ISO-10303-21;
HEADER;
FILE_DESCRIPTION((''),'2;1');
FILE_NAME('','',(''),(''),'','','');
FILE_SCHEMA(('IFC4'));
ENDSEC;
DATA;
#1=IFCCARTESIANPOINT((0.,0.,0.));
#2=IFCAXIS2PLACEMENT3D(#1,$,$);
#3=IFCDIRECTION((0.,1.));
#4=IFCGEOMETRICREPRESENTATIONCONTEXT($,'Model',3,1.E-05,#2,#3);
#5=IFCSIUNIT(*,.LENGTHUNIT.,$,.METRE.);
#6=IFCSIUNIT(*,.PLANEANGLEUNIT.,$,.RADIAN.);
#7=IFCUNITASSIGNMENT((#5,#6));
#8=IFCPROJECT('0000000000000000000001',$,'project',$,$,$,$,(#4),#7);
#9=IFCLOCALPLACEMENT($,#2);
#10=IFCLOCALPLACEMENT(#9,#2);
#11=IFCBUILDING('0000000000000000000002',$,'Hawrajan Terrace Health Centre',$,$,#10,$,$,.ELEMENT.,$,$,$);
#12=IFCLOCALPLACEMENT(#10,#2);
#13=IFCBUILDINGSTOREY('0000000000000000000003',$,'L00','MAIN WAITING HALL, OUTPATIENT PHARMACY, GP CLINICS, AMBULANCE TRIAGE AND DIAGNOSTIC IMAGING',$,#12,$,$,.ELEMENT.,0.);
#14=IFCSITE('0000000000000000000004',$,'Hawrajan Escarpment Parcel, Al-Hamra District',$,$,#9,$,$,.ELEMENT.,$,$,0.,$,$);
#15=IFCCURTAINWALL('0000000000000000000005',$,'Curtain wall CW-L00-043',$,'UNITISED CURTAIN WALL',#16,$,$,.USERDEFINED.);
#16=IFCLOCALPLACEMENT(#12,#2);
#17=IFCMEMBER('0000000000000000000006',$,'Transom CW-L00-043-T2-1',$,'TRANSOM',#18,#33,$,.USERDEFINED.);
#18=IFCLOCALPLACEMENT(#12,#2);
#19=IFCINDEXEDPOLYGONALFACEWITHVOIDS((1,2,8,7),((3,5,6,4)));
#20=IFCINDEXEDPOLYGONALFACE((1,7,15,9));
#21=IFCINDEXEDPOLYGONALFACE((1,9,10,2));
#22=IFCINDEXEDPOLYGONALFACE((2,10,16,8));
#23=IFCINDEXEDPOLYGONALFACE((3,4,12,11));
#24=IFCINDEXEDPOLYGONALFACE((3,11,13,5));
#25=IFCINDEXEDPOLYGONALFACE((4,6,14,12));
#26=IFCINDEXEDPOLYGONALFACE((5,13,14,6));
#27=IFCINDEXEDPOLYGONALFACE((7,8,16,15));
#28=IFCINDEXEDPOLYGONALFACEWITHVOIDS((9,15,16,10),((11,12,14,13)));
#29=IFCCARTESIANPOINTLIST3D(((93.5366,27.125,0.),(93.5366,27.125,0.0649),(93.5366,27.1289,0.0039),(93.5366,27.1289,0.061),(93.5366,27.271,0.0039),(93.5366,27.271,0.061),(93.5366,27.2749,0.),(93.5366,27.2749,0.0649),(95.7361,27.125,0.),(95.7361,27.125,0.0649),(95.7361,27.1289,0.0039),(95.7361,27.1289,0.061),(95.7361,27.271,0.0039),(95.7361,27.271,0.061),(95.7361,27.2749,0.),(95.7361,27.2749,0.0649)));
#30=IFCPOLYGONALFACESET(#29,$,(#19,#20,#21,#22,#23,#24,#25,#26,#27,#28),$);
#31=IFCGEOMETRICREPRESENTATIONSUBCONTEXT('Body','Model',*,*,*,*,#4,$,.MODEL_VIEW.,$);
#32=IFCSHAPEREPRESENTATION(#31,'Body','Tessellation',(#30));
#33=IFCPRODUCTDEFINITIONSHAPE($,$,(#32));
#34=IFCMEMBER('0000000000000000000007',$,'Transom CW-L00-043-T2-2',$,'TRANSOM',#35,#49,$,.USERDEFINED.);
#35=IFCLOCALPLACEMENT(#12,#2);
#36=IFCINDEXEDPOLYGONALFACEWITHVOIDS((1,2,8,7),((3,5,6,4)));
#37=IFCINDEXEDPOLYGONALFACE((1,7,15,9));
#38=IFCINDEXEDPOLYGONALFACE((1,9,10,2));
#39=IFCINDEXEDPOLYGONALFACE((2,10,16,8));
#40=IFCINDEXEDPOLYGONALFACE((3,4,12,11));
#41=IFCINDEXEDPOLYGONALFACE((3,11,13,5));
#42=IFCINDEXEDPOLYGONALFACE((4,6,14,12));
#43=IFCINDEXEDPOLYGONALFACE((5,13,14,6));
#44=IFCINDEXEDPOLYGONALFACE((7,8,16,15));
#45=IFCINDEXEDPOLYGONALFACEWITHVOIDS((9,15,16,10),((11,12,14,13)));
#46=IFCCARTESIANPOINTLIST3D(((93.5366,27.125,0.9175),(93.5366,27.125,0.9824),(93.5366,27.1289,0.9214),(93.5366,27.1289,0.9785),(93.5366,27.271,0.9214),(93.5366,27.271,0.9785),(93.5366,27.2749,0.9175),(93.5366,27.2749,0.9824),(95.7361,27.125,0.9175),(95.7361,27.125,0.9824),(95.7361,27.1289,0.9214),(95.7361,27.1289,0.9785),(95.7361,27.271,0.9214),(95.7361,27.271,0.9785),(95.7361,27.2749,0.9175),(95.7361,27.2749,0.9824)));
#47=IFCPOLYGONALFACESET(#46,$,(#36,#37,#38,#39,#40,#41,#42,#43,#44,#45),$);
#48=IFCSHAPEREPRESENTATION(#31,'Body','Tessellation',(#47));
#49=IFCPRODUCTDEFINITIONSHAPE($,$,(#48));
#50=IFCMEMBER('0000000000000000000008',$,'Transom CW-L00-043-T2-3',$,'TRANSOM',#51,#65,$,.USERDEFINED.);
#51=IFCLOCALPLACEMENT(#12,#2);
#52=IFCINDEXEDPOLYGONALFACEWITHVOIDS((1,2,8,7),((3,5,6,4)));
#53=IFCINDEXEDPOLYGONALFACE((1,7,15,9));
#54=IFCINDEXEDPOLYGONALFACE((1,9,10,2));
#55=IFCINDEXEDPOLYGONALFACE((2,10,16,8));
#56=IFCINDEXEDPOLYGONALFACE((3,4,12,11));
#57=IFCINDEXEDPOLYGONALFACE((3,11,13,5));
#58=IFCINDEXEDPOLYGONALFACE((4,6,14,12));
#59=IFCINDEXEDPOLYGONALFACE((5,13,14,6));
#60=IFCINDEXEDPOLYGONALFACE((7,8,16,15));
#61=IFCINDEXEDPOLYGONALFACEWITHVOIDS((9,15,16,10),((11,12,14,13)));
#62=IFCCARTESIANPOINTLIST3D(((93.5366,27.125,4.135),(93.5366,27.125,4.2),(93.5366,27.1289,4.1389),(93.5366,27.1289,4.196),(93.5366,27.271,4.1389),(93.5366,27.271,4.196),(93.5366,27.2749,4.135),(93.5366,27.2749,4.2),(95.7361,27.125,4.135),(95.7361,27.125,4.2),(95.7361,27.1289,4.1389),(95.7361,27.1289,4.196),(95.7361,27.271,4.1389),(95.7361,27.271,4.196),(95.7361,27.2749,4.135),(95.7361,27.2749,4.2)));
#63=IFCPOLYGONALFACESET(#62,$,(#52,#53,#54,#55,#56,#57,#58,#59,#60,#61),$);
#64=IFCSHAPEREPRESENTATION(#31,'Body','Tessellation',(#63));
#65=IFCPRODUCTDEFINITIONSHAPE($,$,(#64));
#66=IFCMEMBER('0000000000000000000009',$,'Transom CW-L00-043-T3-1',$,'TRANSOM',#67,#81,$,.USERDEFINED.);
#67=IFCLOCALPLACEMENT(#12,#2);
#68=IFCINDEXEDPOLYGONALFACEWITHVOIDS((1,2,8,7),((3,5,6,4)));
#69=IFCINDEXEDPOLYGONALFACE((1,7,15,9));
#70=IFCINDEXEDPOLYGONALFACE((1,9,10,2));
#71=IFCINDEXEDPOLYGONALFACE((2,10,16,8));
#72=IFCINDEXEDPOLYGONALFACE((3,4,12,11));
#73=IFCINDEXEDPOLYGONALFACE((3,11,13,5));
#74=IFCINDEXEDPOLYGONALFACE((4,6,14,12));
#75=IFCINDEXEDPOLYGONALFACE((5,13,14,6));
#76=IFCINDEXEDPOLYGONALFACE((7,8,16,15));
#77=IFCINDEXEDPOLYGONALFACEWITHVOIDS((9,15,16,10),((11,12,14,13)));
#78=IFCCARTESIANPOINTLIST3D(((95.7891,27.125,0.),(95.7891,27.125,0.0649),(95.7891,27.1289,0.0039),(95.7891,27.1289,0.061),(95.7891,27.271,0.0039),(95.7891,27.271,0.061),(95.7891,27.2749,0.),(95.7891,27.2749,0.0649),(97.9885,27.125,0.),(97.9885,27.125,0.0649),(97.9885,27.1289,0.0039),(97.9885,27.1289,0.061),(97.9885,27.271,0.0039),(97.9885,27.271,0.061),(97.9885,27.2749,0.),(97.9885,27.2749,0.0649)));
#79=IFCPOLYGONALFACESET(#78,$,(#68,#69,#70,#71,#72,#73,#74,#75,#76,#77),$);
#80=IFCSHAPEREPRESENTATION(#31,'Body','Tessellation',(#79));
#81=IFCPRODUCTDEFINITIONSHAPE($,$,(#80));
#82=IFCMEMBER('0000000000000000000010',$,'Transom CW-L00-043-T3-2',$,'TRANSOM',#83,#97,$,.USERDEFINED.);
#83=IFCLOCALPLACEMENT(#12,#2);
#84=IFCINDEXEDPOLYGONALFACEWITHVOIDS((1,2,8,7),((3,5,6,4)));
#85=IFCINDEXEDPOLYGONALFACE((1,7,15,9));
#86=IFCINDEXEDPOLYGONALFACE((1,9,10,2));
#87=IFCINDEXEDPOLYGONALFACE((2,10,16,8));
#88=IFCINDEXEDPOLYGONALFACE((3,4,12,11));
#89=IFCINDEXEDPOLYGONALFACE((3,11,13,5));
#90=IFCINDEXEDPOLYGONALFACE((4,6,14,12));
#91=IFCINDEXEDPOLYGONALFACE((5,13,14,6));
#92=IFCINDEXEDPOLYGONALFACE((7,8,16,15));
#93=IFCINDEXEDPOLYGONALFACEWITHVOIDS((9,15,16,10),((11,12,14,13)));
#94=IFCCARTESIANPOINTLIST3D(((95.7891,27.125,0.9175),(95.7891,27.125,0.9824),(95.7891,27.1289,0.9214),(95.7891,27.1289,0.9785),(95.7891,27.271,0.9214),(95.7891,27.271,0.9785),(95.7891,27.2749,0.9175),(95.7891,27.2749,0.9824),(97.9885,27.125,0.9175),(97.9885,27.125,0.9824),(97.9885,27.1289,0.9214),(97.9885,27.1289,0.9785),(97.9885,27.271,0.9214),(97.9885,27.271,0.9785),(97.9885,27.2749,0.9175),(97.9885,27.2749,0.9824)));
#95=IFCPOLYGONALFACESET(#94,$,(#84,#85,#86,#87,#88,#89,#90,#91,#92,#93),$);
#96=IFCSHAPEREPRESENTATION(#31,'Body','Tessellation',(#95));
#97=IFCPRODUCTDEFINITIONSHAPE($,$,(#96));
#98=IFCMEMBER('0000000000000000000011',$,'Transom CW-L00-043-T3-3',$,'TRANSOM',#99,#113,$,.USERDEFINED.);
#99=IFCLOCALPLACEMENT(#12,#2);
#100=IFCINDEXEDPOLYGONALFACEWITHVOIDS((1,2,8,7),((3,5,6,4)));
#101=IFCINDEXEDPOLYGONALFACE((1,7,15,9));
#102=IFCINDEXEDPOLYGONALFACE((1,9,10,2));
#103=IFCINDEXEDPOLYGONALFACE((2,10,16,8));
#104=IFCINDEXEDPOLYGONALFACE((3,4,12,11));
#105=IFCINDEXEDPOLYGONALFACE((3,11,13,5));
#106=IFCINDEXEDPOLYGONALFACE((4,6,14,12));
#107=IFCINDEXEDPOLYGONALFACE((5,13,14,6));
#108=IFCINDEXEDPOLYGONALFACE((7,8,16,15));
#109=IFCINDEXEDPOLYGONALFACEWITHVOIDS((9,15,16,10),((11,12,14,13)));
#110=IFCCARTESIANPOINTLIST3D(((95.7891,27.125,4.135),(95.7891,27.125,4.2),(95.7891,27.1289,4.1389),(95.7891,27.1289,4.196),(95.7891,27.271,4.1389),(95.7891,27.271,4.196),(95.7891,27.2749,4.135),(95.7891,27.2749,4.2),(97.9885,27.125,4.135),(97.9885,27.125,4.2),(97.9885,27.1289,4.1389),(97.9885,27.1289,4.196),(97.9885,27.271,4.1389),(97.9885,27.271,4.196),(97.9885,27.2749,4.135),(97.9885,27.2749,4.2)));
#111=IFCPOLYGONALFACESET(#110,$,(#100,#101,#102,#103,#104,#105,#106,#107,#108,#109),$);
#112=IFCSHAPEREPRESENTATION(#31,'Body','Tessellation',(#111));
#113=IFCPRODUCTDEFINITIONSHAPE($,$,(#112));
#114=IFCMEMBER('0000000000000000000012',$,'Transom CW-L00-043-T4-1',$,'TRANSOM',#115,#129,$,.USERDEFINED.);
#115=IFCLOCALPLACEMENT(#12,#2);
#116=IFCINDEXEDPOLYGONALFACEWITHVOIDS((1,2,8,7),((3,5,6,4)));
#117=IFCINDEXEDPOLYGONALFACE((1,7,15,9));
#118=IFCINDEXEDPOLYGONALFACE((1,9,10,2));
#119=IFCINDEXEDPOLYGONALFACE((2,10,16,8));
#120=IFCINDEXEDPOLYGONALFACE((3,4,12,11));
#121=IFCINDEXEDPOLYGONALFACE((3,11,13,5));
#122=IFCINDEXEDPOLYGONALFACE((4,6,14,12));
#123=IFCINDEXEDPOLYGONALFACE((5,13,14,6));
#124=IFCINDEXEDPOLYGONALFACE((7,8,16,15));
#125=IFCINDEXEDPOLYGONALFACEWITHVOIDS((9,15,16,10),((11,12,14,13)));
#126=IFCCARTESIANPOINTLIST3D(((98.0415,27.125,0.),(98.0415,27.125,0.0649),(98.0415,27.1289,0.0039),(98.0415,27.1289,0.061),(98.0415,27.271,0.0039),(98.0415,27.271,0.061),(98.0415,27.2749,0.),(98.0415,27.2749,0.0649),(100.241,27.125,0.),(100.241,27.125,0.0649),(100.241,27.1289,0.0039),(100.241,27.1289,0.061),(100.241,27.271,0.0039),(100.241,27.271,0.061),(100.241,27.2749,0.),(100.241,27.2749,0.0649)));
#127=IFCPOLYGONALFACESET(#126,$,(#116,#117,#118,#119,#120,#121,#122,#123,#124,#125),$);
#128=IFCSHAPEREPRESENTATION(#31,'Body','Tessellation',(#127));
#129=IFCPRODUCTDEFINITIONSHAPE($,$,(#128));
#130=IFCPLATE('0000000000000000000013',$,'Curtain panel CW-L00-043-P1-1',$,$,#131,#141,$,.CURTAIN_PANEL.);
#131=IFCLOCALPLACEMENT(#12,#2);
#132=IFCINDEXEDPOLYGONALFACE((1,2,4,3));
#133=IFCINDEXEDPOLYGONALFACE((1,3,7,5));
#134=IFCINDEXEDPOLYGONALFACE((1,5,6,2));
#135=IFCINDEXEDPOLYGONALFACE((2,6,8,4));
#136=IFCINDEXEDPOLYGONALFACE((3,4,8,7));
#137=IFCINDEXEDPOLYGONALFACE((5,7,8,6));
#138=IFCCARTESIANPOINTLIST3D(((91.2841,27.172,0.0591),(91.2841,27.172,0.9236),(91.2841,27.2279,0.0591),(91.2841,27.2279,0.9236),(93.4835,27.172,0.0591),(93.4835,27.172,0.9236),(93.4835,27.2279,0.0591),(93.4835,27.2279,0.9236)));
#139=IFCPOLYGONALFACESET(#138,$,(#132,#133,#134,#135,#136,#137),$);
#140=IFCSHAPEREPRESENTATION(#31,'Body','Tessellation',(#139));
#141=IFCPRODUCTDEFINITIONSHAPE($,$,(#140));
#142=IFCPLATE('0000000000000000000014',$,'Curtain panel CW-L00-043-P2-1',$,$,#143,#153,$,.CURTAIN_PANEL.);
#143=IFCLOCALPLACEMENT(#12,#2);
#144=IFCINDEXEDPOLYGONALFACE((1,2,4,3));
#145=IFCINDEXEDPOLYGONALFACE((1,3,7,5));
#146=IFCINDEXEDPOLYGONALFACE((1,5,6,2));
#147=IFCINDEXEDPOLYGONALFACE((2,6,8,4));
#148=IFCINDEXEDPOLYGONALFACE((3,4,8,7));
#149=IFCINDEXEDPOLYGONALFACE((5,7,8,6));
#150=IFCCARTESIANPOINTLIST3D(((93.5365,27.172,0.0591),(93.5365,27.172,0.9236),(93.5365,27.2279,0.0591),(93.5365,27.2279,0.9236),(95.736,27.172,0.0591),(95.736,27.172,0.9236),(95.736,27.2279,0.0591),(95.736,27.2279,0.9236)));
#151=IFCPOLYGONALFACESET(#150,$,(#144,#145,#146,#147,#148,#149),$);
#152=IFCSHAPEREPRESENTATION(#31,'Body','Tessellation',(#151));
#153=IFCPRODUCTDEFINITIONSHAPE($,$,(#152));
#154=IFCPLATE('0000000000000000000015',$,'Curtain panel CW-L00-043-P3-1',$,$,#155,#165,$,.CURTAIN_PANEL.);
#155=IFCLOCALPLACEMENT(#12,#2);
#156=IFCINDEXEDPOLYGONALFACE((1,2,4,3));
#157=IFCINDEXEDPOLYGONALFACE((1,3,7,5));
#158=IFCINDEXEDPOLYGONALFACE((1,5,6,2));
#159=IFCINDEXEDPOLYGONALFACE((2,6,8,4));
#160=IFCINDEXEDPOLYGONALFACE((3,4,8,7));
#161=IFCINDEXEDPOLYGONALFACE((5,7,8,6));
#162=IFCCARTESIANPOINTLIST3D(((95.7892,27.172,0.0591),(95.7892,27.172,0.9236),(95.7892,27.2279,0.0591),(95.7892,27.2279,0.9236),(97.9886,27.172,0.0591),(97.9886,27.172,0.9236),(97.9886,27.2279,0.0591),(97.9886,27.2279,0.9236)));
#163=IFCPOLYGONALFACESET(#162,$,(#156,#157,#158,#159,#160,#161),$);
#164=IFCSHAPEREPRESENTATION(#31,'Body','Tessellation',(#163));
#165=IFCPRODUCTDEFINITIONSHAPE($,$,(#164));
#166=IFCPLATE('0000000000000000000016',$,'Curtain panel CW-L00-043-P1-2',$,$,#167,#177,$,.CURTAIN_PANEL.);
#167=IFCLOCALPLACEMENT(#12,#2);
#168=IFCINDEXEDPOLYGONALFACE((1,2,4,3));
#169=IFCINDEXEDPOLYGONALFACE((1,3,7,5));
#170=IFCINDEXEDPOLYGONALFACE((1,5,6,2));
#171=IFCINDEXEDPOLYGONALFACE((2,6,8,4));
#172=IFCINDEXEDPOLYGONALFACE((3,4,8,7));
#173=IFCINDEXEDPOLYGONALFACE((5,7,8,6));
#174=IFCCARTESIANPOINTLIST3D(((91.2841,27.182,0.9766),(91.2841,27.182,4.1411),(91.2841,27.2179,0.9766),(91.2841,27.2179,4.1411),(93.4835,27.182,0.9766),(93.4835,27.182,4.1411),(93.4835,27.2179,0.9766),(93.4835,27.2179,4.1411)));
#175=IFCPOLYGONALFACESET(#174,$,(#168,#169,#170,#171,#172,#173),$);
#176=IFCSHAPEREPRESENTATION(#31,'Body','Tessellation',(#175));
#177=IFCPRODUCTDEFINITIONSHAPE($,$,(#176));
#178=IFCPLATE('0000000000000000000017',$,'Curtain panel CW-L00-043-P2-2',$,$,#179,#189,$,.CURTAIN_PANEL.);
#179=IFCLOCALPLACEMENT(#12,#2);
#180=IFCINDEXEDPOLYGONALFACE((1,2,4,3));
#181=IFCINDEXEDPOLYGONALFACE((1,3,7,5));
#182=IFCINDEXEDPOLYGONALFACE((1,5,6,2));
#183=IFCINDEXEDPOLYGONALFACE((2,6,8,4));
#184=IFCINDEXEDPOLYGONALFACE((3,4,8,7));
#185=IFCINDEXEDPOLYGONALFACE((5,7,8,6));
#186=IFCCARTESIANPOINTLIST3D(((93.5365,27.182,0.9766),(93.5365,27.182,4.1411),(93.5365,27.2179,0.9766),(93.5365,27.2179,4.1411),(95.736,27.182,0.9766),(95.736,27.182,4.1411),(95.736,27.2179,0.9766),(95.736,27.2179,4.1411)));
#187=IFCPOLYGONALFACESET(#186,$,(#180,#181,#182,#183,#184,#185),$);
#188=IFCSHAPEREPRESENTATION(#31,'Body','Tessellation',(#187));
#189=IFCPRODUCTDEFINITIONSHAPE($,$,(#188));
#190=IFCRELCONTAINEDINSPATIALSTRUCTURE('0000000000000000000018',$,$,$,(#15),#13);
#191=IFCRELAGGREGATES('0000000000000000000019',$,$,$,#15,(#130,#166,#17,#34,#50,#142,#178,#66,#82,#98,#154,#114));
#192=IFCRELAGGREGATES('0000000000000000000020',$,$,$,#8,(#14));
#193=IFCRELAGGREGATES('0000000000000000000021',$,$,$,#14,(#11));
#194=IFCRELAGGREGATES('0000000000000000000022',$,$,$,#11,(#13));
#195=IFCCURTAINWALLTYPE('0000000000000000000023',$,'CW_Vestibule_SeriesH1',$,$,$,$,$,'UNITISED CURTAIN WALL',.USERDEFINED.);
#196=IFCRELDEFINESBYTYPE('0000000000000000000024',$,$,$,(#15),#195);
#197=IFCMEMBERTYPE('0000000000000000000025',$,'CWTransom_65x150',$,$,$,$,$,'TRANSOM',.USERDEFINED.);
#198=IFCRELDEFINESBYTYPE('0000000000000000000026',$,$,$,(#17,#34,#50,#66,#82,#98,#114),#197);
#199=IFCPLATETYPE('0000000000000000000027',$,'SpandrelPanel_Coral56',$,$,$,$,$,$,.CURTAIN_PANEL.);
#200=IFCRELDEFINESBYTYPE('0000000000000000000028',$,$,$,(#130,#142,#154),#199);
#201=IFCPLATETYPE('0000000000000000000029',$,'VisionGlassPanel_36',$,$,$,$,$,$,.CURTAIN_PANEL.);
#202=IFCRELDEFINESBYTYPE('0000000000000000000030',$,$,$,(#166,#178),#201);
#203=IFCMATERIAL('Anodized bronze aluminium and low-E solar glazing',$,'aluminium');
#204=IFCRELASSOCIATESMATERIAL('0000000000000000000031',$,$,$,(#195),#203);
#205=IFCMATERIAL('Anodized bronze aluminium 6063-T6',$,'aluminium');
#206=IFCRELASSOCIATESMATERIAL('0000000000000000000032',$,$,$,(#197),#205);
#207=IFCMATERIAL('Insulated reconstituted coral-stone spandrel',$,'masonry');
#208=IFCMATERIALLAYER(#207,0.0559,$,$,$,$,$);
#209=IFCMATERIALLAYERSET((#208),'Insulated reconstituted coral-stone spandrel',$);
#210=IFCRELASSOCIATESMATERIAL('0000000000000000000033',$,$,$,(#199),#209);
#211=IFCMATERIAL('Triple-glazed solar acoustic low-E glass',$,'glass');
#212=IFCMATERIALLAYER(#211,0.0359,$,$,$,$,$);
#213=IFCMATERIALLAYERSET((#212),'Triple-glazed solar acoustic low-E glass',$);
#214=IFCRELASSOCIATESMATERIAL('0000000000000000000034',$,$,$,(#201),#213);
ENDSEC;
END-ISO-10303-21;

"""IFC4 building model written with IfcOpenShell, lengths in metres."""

from ifc_helpers import new_model, si_unit, direction, frame, origin, origin_2d, place, context, subcontext, project, spatial, rectangle, hollow_rectangle, extrude, material, layer, layer_set, material_profile, profile_set, type_object, element, aggregate, save


model = new_model("IFC4")

# Units and contexts
model_context = context("Model", 3, precision=1e-05, world=origin(), true_north=direction((0.0, 1.0)))
body_context = subcontext(model_context, "Body", "Model", "MODEL_VIEW")
ifc_project = project(units=[si_unit("LENGTHUNIT", "METRE"), si_unit("PLANEANGLEUNIT", "RADIAN")], contexts=[model_context])

# Site, building, storey
site_placement = place(None, origin())
site = spatial("IfcSite", under=ifc_project, at=site_placement, Name="Hawrajan Escarpment Parcel, Al-Hamra District", CompositionType="ELEMENT", RefElevation=0.0)
building_placement = place(site_placement, origin())
building = spatial("IfcBuilding", under=site, at=building_placement, Name="Hawrajan Terrace Health Centre", CompositionType="ELEMENT")
storey_placement = place(building_placement, origin())
storey = spatial("IfcBuildingStorey", under=building, at=storey_placement, Name="L00", Description="MAIN WAITING HALL, OUTPATIENT PHARMACY, GP CLINICS, AMBULANCE TRIAGE AND DIAGNOSTIC IMAGING", CompositionType="ELEMENT", Elevation=0.0)

# Curtain wall, members, plates
ifc_material_1 = material(Name="Anodized bronze aluminium and low-E solar glazing", Category="aluminium")
curtain_wall_type = type_object("IfcCurtainWallType", Name="CW_Vestibule_SeriesH1", ElementType="UNITISED CURTAIN WALL", PredefinedType="USERDEFINED", material=ifc_material_1)
curtain_wall_placement = place(storey_placement, origin())
curtain_wall = element("IfcCurtainWall", 1, at=curtain_wall_placement, inside=storey, type_object=curtain_wall_type, Name="Curtain wall CW-L00-043", ObjectType="UNITISED CURTAIN WALL", PredefinedType="USERDEFINED")
ifc_material_2 = material(Name="Anodized bronze aluminium 6063-T6", Category="aluminium")
ifc_material_profile_1 = material_profile(ifc_material_2, hollow_rectangle(XDim=0.0649, YDim=0.1499, WallThickness=0.0039, at=origin_2d()), Name="CW TRN 65x150")
ifc_profile_set_1 = profile_set([ifc_material_profile_1], Name="Anodized bronze aluminium 6063-T6")
member_type_1 = type_object("IfcMemberType", Name="CWTransom_65x150", ElementType="TRANSOM", PredefinedType="USERDEFINED", material=ifc_profile_set_1)
member_1_placement = place(storey_placement, frame((93.5366, 27.2, 0.0325), z_axis=(1.0, 0.0, 0.0), x_axis=(0.0, 0.0, 1.0)))
member_1 = element("IfcMember", 2, at=member_1_placement, type_object=member_type_1, Name="Transom CW-L00-043-T2-1", ObjectType="TRANSOM", PredefinedType="USERDEFINED", context=body_context, shape_type="SweptSolid", body=[
    extrude(hollow_rectangle(XDim=0.0649, YDim=0.1499, WallThickness=0.0039, at=origin_2d()), origin(), (0.0, 0.0, 1.0), 2.1995),
])
member_2_placement = place(storey_placement, frame((93.5366, 27.2, 0.95), z_axis=(1.0, 0.0, 0.0), x_axis=(0.0, 0.0, 1.0)))
member_2 = element("IfcMember", 3, at=member_2_placement, type_object=member_type_1, Name="Transom CW-L00-043-T2-2", ObjectType="TRANSOM", PredefinedType="USERDEFINED", context=body_context, shape_type="SweptSolid", body=[
    extrude(hollow_rectangle(XDim=0.0649, YDim=0.1499, WallThickness=0.0039, at=origin_2d()), origin(), (0.0, 0.0, 1.0), 2.1995),
])
member_3_placement = place(storey_placement, frame((93.5366, 27.2, 4.1675), z_axis=(1.0, 0.0, 0.0), x_axis=(0.0, 0.0, 1.0)))
member_3 = element("IfcMember", 4, at=member_3_placement, type_object=member_type_1, Name="Transom CW-L00-043-T2-3", ObjectType="TRANSOM", PredefinedType="USERDEFINED", context=body_context, shape_type="SweptSolid", body=[
    extrude(hollow_rectangle(XDim=0.0649, YDim=0.1499, WallThickness=0.0039, at=origin_2d()), origin(), (0.0, 0.0, 1.0), 2.1995),
])
member_4_placement = place(storey_placement, frame((95.7891, 27.2, 0.0325), z_axis=(1.0, 0.0, 0.0), x_axis=(0.0, 0.0, 1.0)))
member_4 = element("IfcMember", 5, at=member_4_placement, type_object=member_type_1, Name="Transom CW-L00-043-T3-1", ObjectType="TRANSOM", PredefinedType="USERDEFINED", context=body_context, shape_type="SweptSolid", body=[
    extrude(hollow_rectangle(XDim=0.0649, YDim=0.1499, WallThickness=0.0039, at=origin_2d()), origin(), (0.0, 0.0, 1.0), 2.1995),
])
member_5_placement = place(storey_placement, frame((95.7891, 27.2, 0.95), z_axis=(1.0, 0.0, 0.0), x_axis=(0.0, 0.0, 1.0)))
member_5 = element("IfcMember", 6, at=member_5_placement, type_object=member_type_1, Name="Transom CW-L00-043-T3-2", ObjectType="TRANSOM", PredefinedType="USERDEFINED", context=body_context, shape_type="SweptSolid", body=[
    extrude(hollow_rectangle(XDim=0.0649, YDim=0.1499, WallThickness=0.0039, at=origin_2d()), origin(), (0.0, 0.0, 1.0), 2.1995),
])
member_6_placement = place(storey_placement, frame((95.7891, 27.2, 4.1675), z_axis=(1.0, 0.0, 0.0), x_axis=(0.0, 0.0, 1.0)))
member_6 = element("IfcMember", 7, at=member_6_placement, type_object=member_type_1, Name="Transom CW-L00-043-T3-3", ObjectType="TRANSOM", PredefinedType="USERDEFINED", context=body_context, shape_type="SweptSolid", body=[
    extrude(hollow_rectangle(XDim=0.0649, YDim=0.1499, WallThickness=0.0039, at=origin_2d()), origin(), (0.0, 0.0, 1.0), 2.1995),
])
member_7_placement = place(storey_placement, frame((98.0415, 27.2, 0.0325), z_axis=(1.0, 0.0, 0.0), x_axis=(0.0, 0.0, 1.0)))
member_7 = element("IfcMember", 8, at=member_7_placement, type_object=member_type_1, Name="Transom CW-L00-043-T4-1", ObjectType="TRANSOM", PredefinedType="USERDEFINED", context=body_context, shape_type="SweptSolid", body=[
    extrude(hollow_rectangle(XDim=0.0649, YDim=0.1499, WallThickness=0.0039, at=origin_2d()), origin(), (0.0, 0.0, 1.0), 2.1995),
])
ifc_material_3 = material(Name="Insulated reconstituted coral-stone spandrel", Category="masonry")
ifc_layer_1 = layer(ifc_material_3, 0.0559)
ifc_layer_set_1 = layer_set([ifc_layer_1], Name="Insulated reconstituted coral-stone spandrel")
plate_type_1 = type_object("IfcPlateType", Name="SpandrelPanel_Coral56", PredefinedType="CURTAIN_PANEL", material=ifc_layer_set_1)
plate_1_placement = place(storey_placement, frame((92.3838, 27.2, 0.0591), z_axis=(0.0, 0.0, 1.0), x_axis=(1.0, 0.0, 0.0)))
plate_1 = element("IfcPlate", 9, at=plate_1_placement, type_object=plate_type_1, Name="Curtain panel CW-L00-043-P1-1", PredefinedType="CURTAIN_PANEL", context=body_context, shape_type="SweptSolid", body=[
    extrude(rectangle(XDim=2.1995, YDim=0.0559, at=origin_2d()), origin(), (0.0, 0.0, 1.0), 0.8645),
])
plate_2_placement = place(storey_placement, frame((94.6362, 27.2, 0.0591), z_axis=(0.0, 0.0, 1.0), x_axis=(1.0, 0.0, 0.0)))
plate_2 = element("IfcPlate", 10, at=plate_2_placement, type_object=plate_type_1, Name="Curtain panel CW-L00-043-P2-1", PredefinedType="CURTAIN_PANEL", context=body_context, shape_type="SweptSolid", body=[
    extrude(rectangle(XDim=2.1995, YDim=0.0559, at=origin_2d()), origin(), (0.0, 0.0, 1.0), 0.8645),
])
plate_3_placement = place(storey_placement, frame((96.8889, 27.2, 0.0591), z_axis=(0.0, 0.0, 1.0), x_axis=(1.0, 0.0, 0.0)))
plate_3 = element("IfcPlate", 11, at=plate_3_placement, type_object=plate_type_1, Name="Curtain panel CW-L00-043-P3-1", PredefinedType="CURTAIN_PANEL", context=body_context, shape_type="SweptSolid", body=[
    extrude(rectangle(XDim=2.1995, YDim=0.0559, at=origin_2d()), origin(), (0.0, 0.0, 1.0), 0.8645),
])
ifc_material_4 = material(Name="Triple-glazed solar acoustic low-E glass", Category="glass")
ifc_layer_2 = layer(ifc_material_4, 0.0359)
ifc_layer_set_2 = layer_set([ifc_layer_2], Name="Triple-glazed solar acoustic low-E glass")
plate_type_2 = type_object("IfcPlateType", Name="VisionGlassPanel_36", PredefinedType="CURTAIN_PANEL", material=ifc_layer_set_2)
plate_4_placement = place(storey_placement, frame((92.3838, 27.2, 0.9766), z_axis=(0.0, 0.0, 1.0), x_axis=(1.0, 0.0, 0.0)))
plate_4 = element("IfcPlate", 12, at=plate_4_placement, type_object=plate_type_2, Name="Curtain panel CW-L00-043-P1-2", PredefinedType="CURTAIN_PANEL", context=body_context, shape_type="SweptSolid", body=[
    extrude(rectangle(XDim=2.1995, YDim=0.0359, at=origin_2d()), origin(), (0.0, 0.0, 1.0), 3.1646),
])
plate_5_placement = place(storey_placement, frame((94.6362, 27.2, 0.9766), z_axis=(0.0, 0.0, 1.0), x_axis=(1.0, 0.0, 0.0)))
plate_5 = element("IfcPlate", 13, at=plate_5_placement, type_object=plate_type_2, Name="Curtain panel CW-L00-043-P2-2", PredefinedType="CURTAIN_PANEL", context=body_context, shape_type="SweptSolid", body=[
    extrude(rectangle(XDim=2.1995, YDim=0.0359, at=origin_2d()), origin(), (0.0, 0.0, 1.0), 3.1646),
])
aggregate(curtain_wall, [plate_1, plate_4, member_1, member_2, member_3, plate_2, plate_5, member_4, member_5, member_6, plate_3, member_7])

save(model, "model.ifc")
